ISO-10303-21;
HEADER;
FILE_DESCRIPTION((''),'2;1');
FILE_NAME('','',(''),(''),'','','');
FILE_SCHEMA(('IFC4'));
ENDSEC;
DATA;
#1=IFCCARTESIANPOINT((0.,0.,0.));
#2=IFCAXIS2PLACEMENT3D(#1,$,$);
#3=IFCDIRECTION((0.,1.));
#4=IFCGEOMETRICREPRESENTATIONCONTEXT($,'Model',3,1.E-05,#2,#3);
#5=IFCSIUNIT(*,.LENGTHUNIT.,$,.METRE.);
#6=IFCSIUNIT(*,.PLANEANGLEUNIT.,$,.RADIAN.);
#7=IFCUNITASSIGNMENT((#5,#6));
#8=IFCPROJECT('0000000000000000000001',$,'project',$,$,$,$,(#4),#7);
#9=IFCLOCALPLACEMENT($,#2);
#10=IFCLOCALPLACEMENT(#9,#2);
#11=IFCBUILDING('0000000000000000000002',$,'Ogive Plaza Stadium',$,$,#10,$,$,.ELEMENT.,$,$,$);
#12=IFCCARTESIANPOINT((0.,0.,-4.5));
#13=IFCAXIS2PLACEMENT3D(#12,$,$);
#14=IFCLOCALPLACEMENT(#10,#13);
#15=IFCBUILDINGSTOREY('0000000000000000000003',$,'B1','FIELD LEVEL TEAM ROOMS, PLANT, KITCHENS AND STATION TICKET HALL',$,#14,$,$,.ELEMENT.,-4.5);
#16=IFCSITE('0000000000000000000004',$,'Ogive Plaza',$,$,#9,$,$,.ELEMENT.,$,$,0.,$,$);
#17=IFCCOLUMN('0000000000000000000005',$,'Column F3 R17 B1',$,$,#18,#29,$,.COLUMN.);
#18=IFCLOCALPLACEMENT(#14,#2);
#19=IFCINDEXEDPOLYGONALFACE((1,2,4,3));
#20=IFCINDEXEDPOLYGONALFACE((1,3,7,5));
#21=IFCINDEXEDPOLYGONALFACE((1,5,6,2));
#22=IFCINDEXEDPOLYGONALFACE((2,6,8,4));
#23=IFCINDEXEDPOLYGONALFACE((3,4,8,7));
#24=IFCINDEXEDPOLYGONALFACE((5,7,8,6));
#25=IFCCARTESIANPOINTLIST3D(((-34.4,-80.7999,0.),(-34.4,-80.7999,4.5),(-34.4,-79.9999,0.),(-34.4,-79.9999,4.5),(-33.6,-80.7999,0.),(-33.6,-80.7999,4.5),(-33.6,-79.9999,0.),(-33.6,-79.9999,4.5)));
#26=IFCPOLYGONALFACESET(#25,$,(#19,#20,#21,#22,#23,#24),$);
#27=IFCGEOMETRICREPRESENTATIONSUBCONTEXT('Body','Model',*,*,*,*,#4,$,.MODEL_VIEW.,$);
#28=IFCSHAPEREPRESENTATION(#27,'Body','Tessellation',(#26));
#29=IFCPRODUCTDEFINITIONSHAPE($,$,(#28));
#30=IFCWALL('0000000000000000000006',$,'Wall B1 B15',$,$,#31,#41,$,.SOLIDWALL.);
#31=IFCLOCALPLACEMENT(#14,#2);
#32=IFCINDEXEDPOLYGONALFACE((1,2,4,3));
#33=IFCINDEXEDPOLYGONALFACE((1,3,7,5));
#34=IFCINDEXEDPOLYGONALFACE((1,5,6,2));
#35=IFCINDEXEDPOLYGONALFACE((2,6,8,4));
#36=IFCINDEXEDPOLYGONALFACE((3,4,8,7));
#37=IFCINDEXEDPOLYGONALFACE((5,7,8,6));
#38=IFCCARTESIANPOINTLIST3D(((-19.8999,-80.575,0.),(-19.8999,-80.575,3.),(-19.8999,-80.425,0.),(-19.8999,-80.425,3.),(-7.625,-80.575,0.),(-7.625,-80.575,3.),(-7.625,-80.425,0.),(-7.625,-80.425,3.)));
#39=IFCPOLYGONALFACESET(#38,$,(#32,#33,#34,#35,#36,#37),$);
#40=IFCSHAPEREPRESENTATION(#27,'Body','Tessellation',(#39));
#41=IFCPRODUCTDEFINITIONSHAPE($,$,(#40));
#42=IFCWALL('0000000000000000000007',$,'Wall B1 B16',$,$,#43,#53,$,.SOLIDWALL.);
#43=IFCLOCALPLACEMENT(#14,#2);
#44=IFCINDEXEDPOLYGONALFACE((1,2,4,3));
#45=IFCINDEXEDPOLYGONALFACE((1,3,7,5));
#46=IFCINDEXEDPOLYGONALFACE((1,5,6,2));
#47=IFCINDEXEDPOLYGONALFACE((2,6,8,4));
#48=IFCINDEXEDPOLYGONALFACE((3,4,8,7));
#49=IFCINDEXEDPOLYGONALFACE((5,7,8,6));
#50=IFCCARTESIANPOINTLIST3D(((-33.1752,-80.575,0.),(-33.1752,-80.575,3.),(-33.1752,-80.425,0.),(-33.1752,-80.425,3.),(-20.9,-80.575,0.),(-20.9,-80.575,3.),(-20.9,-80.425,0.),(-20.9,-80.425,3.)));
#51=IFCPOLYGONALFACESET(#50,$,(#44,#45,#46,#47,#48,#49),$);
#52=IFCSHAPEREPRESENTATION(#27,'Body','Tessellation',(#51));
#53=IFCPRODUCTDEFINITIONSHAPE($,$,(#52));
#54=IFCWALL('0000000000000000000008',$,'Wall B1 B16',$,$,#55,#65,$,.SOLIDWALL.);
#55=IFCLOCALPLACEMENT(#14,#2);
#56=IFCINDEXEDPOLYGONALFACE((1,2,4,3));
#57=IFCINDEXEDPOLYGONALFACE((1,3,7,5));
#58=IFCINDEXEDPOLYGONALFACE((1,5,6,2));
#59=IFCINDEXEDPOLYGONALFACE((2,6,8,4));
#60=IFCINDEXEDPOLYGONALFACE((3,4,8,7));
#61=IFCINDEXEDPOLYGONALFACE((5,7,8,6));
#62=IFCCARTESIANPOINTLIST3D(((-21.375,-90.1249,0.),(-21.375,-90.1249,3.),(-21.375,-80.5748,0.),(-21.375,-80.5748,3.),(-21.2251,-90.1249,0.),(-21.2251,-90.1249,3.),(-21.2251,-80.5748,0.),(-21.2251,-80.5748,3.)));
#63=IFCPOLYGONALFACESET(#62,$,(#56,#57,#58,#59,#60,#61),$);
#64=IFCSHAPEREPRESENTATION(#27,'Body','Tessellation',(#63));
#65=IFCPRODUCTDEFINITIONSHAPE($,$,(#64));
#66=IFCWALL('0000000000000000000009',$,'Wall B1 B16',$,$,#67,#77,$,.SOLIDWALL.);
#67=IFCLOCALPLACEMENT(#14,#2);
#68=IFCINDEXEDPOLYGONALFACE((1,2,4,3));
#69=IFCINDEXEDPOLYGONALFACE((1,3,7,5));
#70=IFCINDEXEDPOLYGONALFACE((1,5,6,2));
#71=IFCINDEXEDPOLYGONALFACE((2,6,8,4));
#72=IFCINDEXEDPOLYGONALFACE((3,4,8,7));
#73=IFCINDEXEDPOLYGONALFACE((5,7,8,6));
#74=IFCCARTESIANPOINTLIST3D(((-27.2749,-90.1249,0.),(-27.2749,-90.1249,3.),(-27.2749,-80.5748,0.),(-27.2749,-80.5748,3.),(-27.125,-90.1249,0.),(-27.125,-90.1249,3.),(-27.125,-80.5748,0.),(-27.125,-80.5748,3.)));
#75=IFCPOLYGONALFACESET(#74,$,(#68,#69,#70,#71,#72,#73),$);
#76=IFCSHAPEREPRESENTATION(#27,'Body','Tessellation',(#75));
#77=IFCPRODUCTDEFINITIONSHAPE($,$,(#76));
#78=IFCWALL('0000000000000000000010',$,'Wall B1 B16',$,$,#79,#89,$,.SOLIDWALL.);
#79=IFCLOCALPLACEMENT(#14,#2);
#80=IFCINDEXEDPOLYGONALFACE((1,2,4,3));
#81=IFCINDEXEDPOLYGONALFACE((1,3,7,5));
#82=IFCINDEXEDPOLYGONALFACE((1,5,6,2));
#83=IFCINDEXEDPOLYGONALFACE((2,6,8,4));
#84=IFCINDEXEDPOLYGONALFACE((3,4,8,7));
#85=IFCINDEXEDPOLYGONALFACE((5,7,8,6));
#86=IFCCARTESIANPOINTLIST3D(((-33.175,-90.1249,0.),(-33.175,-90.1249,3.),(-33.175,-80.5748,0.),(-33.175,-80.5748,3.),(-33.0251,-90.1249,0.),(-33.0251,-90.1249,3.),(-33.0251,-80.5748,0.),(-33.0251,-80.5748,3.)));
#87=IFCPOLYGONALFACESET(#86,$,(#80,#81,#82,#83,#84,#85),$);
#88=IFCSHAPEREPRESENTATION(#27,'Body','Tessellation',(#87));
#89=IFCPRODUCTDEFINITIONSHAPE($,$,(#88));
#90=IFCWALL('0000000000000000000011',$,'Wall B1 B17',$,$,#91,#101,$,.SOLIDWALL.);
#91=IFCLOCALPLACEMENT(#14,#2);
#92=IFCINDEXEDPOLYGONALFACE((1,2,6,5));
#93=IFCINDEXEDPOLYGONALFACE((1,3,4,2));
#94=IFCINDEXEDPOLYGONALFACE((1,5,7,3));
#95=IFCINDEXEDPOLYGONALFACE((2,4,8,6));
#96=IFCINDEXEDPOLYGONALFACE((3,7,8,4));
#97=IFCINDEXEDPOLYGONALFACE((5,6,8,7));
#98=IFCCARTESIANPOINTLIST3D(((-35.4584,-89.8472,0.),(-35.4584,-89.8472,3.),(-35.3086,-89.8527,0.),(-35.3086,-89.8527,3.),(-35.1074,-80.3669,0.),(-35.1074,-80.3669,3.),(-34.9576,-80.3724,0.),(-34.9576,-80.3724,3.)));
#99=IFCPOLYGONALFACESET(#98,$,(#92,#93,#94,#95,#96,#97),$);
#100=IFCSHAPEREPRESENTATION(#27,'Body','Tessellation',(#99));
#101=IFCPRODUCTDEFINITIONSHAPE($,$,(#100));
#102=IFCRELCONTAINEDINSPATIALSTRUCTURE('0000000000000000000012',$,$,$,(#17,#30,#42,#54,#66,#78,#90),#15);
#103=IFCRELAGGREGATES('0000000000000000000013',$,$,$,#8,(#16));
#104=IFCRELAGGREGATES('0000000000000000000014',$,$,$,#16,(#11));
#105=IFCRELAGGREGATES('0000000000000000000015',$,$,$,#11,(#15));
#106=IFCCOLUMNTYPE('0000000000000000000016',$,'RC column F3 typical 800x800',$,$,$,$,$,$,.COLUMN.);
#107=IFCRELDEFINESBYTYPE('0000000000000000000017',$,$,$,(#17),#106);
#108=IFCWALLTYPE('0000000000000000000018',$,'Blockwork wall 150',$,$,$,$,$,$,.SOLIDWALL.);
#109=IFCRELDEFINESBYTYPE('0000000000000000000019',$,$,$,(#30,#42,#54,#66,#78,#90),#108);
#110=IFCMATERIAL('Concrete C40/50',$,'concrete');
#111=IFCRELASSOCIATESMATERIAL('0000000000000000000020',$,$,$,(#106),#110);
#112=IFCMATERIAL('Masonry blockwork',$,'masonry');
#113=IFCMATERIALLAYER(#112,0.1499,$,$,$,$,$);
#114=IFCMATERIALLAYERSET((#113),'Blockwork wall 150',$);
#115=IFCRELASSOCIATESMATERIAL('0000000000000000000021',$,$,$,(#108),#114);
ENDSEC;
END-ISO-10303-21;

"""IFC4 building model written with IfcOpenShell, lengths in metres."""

from ifc_helpers import new_model, si_unit, direction, frame, frame_2d, origin, origin_2d, place, context, subcontext, project, spatial, rectangle, extrude, material, layer, layer_set, material_profile, profile_set, type_object, element, save


model = new_model("IFC4")

# Units and contexts
model_context = context("Model", 3, precision=1e-05, world=origin(), true_north=direction((0.0, 1.0)))
body_context = subcontext(model_context, "Body", "Model", "MODEL_VIEW")
ifc_project = project(units=[si_unit("LENGTHUNIT", "METRE"), si_unit("PLANEANGLEUNIT", "RADIAN")], contexts=[model_context])

# Site, building, storey
site_placement = place(None, origin())
site = spatial("IfcSite", under=ifc_project, at=site_placement, Name="Ogive Plaza", CompositionType="ELEMENT", RefElevation=0.0)
building_placement = place(site_placement, origin())
building = spatial("IfcBuilding", under=site, at=building_placement, Name="Ogive Plaza Stadium", CompositionType="ELEMENT")
storey_placement = place(building_placement, frame((0.0, 0.0, -4.5)))
storey = spatial("IfcBuildingStorey", under=building, at=storey_placement, Name="B1", Description="FIELD LEVEL TEAM ROOMS, PLANT, KITCHENS AND STATION TICKET HALL", CompositionType="ELEMENT", Elevation=-4.5)

# Column
ifc_material_1 = material(Name="Concrete C40/50", Category="concrete")
ifc_material_profile_1 = material_profile(ifc_material_1, rectangle(XDim=0.8, YDim=0.8, at=origin_2d()), Name="RC 800x800")
ifc_profile_set_1 = profile_set([ifc_material_profile_1], Name="Concrete C40/50")
column_type_1 = type_object("IfcColumnType", Name="RC column F3 typical 800x800", PredefinedType="COLUMN", material=ifc_profile_set_1)
column_1_placement = place(storey_placement, frame((-34.0, -80.3999, 0.0), z_axis=(0.0, 0.0, 1.0), x_axis=(1.0, 0.0, 0.0)))
element("IfcColumn", 1, at=column_1_placement, inside=storey, type_object=column_type_1, Name="Column F3 R17 B1", PredefinedType="COLUMN", context=body_context, shape_type="SweptSolid", body=[
    extrude(rectangle(XDim=0.8, YDim=0.8, at=origin_2d()), origin(), (0.0, 0.0, 1.0), 4.5),
])

# Walls
ifc_material_2 = material(Name="Masonry blockwork", Category="masonry")
ifc_layer_1 = layer(ifc_material_2, 0.1499)
ifc_layer_set_1 = layer_set([ifc_layer_1], Name="Blockwork wall 150")
wall_type = type_object("IfcWallType", Name="Blockwork wall 150", PredefinedType="SOLIDWALL", material=ifc_layer_set_1)
wall_1_placement = place(storey_placement, frame((-19.8999, -80.5, 0.0), z_axis=(0.0, 0.0, 1.0), x_axis=(1.0, 0.0, 0.0)))
element("IfcWall", 2, at=wall_1_placement, inside=storey, type_object=wall_type, Name="Wall B1 B15", PredefinedType="SOLIDWALL", context=body_context, shape_type="SweptSolid", body=[
    extrude(rectangle(XDim=12.2749, YDim=0.1499, at=frame_2d((6.1375, 0.0))), origin(), (0.0, 0.0, 1.0), 3.0),
])
wall_2_placement = place(storey_placement, frame((-20.8999, -80.5, 0.0), z_axis=(0.0, 0.0, 1.0), x_axis=(-1.0, 0.0, 0.0)))
element("IfcWall", 3, at=wall_2_placement, inside=storey, type_object=wall_type, Name="Wall B1 B16", PredefinedType="SOLIDWALL", context=body_context, shape_type="SweptSolid", body=[
    extrude(rectangle(XDim=12.2751, YDim=0.1499, at=frame_2d((6.1377, 0.0))), origin(), (0.0, 0.0, 1.0), 3.0),
])
for number, where, z_axis, x_axis, name in (
    (4, (-21.3, -80.575, 0.0), (0.0, 0.0, 1.0), (0.0, -1.0, 0.0), "Wall B1 B16"),
    (5, (-27.2, -80.575, 0.0), (0.0, 0.0, 1.0), (0.0, -1.0, 0.0), "Wall B1 B16"),
    (6, (-33.1001, -80.575, 0.0), (0.0, 0.0, 1.0), (0.0, -1.0, 0.0), "Wall B1 B16"),
):
    element("IfcWall", number, at=place(storey_placement, frame(where, z_axis=z_axis, x_axis=x_axis)), inside=storey, type_object=wall_type, Name=name, PredefinedType="SOLIDWALL", context=body_context, shape_type="SweptSolid", body=[
        extrude(rectangle(XDim=9.55, YDim=0.1499, at=frame_2d((4.7749, 0.0))), origin(), (0.0, 0.0, 1.0), 3.0),
    ])
wall_3_placement = place(storey_placement, frame((-35.0325, -80.3696, 0.0), z_axis=(0.0, 0.0, 1.0), x_axis=(-0.037007, -0.999315, 0.0)))
element("IfcWall", 7, at=wall_3_placement, inside=storey, type_object=wall_type, Name="Wall B1 B17", PredefinedType="SOLIDWALL", context=body_context, shape_type="SweptSolid", body=[
    extrude(rectangle(XDim=9.4868, YDim=0.1499, at=frame_2d((4.7434, 0.0))), origin(), (0.0, 0.0, 1.0), 3.0),
])

save(model, "model.ifc")
